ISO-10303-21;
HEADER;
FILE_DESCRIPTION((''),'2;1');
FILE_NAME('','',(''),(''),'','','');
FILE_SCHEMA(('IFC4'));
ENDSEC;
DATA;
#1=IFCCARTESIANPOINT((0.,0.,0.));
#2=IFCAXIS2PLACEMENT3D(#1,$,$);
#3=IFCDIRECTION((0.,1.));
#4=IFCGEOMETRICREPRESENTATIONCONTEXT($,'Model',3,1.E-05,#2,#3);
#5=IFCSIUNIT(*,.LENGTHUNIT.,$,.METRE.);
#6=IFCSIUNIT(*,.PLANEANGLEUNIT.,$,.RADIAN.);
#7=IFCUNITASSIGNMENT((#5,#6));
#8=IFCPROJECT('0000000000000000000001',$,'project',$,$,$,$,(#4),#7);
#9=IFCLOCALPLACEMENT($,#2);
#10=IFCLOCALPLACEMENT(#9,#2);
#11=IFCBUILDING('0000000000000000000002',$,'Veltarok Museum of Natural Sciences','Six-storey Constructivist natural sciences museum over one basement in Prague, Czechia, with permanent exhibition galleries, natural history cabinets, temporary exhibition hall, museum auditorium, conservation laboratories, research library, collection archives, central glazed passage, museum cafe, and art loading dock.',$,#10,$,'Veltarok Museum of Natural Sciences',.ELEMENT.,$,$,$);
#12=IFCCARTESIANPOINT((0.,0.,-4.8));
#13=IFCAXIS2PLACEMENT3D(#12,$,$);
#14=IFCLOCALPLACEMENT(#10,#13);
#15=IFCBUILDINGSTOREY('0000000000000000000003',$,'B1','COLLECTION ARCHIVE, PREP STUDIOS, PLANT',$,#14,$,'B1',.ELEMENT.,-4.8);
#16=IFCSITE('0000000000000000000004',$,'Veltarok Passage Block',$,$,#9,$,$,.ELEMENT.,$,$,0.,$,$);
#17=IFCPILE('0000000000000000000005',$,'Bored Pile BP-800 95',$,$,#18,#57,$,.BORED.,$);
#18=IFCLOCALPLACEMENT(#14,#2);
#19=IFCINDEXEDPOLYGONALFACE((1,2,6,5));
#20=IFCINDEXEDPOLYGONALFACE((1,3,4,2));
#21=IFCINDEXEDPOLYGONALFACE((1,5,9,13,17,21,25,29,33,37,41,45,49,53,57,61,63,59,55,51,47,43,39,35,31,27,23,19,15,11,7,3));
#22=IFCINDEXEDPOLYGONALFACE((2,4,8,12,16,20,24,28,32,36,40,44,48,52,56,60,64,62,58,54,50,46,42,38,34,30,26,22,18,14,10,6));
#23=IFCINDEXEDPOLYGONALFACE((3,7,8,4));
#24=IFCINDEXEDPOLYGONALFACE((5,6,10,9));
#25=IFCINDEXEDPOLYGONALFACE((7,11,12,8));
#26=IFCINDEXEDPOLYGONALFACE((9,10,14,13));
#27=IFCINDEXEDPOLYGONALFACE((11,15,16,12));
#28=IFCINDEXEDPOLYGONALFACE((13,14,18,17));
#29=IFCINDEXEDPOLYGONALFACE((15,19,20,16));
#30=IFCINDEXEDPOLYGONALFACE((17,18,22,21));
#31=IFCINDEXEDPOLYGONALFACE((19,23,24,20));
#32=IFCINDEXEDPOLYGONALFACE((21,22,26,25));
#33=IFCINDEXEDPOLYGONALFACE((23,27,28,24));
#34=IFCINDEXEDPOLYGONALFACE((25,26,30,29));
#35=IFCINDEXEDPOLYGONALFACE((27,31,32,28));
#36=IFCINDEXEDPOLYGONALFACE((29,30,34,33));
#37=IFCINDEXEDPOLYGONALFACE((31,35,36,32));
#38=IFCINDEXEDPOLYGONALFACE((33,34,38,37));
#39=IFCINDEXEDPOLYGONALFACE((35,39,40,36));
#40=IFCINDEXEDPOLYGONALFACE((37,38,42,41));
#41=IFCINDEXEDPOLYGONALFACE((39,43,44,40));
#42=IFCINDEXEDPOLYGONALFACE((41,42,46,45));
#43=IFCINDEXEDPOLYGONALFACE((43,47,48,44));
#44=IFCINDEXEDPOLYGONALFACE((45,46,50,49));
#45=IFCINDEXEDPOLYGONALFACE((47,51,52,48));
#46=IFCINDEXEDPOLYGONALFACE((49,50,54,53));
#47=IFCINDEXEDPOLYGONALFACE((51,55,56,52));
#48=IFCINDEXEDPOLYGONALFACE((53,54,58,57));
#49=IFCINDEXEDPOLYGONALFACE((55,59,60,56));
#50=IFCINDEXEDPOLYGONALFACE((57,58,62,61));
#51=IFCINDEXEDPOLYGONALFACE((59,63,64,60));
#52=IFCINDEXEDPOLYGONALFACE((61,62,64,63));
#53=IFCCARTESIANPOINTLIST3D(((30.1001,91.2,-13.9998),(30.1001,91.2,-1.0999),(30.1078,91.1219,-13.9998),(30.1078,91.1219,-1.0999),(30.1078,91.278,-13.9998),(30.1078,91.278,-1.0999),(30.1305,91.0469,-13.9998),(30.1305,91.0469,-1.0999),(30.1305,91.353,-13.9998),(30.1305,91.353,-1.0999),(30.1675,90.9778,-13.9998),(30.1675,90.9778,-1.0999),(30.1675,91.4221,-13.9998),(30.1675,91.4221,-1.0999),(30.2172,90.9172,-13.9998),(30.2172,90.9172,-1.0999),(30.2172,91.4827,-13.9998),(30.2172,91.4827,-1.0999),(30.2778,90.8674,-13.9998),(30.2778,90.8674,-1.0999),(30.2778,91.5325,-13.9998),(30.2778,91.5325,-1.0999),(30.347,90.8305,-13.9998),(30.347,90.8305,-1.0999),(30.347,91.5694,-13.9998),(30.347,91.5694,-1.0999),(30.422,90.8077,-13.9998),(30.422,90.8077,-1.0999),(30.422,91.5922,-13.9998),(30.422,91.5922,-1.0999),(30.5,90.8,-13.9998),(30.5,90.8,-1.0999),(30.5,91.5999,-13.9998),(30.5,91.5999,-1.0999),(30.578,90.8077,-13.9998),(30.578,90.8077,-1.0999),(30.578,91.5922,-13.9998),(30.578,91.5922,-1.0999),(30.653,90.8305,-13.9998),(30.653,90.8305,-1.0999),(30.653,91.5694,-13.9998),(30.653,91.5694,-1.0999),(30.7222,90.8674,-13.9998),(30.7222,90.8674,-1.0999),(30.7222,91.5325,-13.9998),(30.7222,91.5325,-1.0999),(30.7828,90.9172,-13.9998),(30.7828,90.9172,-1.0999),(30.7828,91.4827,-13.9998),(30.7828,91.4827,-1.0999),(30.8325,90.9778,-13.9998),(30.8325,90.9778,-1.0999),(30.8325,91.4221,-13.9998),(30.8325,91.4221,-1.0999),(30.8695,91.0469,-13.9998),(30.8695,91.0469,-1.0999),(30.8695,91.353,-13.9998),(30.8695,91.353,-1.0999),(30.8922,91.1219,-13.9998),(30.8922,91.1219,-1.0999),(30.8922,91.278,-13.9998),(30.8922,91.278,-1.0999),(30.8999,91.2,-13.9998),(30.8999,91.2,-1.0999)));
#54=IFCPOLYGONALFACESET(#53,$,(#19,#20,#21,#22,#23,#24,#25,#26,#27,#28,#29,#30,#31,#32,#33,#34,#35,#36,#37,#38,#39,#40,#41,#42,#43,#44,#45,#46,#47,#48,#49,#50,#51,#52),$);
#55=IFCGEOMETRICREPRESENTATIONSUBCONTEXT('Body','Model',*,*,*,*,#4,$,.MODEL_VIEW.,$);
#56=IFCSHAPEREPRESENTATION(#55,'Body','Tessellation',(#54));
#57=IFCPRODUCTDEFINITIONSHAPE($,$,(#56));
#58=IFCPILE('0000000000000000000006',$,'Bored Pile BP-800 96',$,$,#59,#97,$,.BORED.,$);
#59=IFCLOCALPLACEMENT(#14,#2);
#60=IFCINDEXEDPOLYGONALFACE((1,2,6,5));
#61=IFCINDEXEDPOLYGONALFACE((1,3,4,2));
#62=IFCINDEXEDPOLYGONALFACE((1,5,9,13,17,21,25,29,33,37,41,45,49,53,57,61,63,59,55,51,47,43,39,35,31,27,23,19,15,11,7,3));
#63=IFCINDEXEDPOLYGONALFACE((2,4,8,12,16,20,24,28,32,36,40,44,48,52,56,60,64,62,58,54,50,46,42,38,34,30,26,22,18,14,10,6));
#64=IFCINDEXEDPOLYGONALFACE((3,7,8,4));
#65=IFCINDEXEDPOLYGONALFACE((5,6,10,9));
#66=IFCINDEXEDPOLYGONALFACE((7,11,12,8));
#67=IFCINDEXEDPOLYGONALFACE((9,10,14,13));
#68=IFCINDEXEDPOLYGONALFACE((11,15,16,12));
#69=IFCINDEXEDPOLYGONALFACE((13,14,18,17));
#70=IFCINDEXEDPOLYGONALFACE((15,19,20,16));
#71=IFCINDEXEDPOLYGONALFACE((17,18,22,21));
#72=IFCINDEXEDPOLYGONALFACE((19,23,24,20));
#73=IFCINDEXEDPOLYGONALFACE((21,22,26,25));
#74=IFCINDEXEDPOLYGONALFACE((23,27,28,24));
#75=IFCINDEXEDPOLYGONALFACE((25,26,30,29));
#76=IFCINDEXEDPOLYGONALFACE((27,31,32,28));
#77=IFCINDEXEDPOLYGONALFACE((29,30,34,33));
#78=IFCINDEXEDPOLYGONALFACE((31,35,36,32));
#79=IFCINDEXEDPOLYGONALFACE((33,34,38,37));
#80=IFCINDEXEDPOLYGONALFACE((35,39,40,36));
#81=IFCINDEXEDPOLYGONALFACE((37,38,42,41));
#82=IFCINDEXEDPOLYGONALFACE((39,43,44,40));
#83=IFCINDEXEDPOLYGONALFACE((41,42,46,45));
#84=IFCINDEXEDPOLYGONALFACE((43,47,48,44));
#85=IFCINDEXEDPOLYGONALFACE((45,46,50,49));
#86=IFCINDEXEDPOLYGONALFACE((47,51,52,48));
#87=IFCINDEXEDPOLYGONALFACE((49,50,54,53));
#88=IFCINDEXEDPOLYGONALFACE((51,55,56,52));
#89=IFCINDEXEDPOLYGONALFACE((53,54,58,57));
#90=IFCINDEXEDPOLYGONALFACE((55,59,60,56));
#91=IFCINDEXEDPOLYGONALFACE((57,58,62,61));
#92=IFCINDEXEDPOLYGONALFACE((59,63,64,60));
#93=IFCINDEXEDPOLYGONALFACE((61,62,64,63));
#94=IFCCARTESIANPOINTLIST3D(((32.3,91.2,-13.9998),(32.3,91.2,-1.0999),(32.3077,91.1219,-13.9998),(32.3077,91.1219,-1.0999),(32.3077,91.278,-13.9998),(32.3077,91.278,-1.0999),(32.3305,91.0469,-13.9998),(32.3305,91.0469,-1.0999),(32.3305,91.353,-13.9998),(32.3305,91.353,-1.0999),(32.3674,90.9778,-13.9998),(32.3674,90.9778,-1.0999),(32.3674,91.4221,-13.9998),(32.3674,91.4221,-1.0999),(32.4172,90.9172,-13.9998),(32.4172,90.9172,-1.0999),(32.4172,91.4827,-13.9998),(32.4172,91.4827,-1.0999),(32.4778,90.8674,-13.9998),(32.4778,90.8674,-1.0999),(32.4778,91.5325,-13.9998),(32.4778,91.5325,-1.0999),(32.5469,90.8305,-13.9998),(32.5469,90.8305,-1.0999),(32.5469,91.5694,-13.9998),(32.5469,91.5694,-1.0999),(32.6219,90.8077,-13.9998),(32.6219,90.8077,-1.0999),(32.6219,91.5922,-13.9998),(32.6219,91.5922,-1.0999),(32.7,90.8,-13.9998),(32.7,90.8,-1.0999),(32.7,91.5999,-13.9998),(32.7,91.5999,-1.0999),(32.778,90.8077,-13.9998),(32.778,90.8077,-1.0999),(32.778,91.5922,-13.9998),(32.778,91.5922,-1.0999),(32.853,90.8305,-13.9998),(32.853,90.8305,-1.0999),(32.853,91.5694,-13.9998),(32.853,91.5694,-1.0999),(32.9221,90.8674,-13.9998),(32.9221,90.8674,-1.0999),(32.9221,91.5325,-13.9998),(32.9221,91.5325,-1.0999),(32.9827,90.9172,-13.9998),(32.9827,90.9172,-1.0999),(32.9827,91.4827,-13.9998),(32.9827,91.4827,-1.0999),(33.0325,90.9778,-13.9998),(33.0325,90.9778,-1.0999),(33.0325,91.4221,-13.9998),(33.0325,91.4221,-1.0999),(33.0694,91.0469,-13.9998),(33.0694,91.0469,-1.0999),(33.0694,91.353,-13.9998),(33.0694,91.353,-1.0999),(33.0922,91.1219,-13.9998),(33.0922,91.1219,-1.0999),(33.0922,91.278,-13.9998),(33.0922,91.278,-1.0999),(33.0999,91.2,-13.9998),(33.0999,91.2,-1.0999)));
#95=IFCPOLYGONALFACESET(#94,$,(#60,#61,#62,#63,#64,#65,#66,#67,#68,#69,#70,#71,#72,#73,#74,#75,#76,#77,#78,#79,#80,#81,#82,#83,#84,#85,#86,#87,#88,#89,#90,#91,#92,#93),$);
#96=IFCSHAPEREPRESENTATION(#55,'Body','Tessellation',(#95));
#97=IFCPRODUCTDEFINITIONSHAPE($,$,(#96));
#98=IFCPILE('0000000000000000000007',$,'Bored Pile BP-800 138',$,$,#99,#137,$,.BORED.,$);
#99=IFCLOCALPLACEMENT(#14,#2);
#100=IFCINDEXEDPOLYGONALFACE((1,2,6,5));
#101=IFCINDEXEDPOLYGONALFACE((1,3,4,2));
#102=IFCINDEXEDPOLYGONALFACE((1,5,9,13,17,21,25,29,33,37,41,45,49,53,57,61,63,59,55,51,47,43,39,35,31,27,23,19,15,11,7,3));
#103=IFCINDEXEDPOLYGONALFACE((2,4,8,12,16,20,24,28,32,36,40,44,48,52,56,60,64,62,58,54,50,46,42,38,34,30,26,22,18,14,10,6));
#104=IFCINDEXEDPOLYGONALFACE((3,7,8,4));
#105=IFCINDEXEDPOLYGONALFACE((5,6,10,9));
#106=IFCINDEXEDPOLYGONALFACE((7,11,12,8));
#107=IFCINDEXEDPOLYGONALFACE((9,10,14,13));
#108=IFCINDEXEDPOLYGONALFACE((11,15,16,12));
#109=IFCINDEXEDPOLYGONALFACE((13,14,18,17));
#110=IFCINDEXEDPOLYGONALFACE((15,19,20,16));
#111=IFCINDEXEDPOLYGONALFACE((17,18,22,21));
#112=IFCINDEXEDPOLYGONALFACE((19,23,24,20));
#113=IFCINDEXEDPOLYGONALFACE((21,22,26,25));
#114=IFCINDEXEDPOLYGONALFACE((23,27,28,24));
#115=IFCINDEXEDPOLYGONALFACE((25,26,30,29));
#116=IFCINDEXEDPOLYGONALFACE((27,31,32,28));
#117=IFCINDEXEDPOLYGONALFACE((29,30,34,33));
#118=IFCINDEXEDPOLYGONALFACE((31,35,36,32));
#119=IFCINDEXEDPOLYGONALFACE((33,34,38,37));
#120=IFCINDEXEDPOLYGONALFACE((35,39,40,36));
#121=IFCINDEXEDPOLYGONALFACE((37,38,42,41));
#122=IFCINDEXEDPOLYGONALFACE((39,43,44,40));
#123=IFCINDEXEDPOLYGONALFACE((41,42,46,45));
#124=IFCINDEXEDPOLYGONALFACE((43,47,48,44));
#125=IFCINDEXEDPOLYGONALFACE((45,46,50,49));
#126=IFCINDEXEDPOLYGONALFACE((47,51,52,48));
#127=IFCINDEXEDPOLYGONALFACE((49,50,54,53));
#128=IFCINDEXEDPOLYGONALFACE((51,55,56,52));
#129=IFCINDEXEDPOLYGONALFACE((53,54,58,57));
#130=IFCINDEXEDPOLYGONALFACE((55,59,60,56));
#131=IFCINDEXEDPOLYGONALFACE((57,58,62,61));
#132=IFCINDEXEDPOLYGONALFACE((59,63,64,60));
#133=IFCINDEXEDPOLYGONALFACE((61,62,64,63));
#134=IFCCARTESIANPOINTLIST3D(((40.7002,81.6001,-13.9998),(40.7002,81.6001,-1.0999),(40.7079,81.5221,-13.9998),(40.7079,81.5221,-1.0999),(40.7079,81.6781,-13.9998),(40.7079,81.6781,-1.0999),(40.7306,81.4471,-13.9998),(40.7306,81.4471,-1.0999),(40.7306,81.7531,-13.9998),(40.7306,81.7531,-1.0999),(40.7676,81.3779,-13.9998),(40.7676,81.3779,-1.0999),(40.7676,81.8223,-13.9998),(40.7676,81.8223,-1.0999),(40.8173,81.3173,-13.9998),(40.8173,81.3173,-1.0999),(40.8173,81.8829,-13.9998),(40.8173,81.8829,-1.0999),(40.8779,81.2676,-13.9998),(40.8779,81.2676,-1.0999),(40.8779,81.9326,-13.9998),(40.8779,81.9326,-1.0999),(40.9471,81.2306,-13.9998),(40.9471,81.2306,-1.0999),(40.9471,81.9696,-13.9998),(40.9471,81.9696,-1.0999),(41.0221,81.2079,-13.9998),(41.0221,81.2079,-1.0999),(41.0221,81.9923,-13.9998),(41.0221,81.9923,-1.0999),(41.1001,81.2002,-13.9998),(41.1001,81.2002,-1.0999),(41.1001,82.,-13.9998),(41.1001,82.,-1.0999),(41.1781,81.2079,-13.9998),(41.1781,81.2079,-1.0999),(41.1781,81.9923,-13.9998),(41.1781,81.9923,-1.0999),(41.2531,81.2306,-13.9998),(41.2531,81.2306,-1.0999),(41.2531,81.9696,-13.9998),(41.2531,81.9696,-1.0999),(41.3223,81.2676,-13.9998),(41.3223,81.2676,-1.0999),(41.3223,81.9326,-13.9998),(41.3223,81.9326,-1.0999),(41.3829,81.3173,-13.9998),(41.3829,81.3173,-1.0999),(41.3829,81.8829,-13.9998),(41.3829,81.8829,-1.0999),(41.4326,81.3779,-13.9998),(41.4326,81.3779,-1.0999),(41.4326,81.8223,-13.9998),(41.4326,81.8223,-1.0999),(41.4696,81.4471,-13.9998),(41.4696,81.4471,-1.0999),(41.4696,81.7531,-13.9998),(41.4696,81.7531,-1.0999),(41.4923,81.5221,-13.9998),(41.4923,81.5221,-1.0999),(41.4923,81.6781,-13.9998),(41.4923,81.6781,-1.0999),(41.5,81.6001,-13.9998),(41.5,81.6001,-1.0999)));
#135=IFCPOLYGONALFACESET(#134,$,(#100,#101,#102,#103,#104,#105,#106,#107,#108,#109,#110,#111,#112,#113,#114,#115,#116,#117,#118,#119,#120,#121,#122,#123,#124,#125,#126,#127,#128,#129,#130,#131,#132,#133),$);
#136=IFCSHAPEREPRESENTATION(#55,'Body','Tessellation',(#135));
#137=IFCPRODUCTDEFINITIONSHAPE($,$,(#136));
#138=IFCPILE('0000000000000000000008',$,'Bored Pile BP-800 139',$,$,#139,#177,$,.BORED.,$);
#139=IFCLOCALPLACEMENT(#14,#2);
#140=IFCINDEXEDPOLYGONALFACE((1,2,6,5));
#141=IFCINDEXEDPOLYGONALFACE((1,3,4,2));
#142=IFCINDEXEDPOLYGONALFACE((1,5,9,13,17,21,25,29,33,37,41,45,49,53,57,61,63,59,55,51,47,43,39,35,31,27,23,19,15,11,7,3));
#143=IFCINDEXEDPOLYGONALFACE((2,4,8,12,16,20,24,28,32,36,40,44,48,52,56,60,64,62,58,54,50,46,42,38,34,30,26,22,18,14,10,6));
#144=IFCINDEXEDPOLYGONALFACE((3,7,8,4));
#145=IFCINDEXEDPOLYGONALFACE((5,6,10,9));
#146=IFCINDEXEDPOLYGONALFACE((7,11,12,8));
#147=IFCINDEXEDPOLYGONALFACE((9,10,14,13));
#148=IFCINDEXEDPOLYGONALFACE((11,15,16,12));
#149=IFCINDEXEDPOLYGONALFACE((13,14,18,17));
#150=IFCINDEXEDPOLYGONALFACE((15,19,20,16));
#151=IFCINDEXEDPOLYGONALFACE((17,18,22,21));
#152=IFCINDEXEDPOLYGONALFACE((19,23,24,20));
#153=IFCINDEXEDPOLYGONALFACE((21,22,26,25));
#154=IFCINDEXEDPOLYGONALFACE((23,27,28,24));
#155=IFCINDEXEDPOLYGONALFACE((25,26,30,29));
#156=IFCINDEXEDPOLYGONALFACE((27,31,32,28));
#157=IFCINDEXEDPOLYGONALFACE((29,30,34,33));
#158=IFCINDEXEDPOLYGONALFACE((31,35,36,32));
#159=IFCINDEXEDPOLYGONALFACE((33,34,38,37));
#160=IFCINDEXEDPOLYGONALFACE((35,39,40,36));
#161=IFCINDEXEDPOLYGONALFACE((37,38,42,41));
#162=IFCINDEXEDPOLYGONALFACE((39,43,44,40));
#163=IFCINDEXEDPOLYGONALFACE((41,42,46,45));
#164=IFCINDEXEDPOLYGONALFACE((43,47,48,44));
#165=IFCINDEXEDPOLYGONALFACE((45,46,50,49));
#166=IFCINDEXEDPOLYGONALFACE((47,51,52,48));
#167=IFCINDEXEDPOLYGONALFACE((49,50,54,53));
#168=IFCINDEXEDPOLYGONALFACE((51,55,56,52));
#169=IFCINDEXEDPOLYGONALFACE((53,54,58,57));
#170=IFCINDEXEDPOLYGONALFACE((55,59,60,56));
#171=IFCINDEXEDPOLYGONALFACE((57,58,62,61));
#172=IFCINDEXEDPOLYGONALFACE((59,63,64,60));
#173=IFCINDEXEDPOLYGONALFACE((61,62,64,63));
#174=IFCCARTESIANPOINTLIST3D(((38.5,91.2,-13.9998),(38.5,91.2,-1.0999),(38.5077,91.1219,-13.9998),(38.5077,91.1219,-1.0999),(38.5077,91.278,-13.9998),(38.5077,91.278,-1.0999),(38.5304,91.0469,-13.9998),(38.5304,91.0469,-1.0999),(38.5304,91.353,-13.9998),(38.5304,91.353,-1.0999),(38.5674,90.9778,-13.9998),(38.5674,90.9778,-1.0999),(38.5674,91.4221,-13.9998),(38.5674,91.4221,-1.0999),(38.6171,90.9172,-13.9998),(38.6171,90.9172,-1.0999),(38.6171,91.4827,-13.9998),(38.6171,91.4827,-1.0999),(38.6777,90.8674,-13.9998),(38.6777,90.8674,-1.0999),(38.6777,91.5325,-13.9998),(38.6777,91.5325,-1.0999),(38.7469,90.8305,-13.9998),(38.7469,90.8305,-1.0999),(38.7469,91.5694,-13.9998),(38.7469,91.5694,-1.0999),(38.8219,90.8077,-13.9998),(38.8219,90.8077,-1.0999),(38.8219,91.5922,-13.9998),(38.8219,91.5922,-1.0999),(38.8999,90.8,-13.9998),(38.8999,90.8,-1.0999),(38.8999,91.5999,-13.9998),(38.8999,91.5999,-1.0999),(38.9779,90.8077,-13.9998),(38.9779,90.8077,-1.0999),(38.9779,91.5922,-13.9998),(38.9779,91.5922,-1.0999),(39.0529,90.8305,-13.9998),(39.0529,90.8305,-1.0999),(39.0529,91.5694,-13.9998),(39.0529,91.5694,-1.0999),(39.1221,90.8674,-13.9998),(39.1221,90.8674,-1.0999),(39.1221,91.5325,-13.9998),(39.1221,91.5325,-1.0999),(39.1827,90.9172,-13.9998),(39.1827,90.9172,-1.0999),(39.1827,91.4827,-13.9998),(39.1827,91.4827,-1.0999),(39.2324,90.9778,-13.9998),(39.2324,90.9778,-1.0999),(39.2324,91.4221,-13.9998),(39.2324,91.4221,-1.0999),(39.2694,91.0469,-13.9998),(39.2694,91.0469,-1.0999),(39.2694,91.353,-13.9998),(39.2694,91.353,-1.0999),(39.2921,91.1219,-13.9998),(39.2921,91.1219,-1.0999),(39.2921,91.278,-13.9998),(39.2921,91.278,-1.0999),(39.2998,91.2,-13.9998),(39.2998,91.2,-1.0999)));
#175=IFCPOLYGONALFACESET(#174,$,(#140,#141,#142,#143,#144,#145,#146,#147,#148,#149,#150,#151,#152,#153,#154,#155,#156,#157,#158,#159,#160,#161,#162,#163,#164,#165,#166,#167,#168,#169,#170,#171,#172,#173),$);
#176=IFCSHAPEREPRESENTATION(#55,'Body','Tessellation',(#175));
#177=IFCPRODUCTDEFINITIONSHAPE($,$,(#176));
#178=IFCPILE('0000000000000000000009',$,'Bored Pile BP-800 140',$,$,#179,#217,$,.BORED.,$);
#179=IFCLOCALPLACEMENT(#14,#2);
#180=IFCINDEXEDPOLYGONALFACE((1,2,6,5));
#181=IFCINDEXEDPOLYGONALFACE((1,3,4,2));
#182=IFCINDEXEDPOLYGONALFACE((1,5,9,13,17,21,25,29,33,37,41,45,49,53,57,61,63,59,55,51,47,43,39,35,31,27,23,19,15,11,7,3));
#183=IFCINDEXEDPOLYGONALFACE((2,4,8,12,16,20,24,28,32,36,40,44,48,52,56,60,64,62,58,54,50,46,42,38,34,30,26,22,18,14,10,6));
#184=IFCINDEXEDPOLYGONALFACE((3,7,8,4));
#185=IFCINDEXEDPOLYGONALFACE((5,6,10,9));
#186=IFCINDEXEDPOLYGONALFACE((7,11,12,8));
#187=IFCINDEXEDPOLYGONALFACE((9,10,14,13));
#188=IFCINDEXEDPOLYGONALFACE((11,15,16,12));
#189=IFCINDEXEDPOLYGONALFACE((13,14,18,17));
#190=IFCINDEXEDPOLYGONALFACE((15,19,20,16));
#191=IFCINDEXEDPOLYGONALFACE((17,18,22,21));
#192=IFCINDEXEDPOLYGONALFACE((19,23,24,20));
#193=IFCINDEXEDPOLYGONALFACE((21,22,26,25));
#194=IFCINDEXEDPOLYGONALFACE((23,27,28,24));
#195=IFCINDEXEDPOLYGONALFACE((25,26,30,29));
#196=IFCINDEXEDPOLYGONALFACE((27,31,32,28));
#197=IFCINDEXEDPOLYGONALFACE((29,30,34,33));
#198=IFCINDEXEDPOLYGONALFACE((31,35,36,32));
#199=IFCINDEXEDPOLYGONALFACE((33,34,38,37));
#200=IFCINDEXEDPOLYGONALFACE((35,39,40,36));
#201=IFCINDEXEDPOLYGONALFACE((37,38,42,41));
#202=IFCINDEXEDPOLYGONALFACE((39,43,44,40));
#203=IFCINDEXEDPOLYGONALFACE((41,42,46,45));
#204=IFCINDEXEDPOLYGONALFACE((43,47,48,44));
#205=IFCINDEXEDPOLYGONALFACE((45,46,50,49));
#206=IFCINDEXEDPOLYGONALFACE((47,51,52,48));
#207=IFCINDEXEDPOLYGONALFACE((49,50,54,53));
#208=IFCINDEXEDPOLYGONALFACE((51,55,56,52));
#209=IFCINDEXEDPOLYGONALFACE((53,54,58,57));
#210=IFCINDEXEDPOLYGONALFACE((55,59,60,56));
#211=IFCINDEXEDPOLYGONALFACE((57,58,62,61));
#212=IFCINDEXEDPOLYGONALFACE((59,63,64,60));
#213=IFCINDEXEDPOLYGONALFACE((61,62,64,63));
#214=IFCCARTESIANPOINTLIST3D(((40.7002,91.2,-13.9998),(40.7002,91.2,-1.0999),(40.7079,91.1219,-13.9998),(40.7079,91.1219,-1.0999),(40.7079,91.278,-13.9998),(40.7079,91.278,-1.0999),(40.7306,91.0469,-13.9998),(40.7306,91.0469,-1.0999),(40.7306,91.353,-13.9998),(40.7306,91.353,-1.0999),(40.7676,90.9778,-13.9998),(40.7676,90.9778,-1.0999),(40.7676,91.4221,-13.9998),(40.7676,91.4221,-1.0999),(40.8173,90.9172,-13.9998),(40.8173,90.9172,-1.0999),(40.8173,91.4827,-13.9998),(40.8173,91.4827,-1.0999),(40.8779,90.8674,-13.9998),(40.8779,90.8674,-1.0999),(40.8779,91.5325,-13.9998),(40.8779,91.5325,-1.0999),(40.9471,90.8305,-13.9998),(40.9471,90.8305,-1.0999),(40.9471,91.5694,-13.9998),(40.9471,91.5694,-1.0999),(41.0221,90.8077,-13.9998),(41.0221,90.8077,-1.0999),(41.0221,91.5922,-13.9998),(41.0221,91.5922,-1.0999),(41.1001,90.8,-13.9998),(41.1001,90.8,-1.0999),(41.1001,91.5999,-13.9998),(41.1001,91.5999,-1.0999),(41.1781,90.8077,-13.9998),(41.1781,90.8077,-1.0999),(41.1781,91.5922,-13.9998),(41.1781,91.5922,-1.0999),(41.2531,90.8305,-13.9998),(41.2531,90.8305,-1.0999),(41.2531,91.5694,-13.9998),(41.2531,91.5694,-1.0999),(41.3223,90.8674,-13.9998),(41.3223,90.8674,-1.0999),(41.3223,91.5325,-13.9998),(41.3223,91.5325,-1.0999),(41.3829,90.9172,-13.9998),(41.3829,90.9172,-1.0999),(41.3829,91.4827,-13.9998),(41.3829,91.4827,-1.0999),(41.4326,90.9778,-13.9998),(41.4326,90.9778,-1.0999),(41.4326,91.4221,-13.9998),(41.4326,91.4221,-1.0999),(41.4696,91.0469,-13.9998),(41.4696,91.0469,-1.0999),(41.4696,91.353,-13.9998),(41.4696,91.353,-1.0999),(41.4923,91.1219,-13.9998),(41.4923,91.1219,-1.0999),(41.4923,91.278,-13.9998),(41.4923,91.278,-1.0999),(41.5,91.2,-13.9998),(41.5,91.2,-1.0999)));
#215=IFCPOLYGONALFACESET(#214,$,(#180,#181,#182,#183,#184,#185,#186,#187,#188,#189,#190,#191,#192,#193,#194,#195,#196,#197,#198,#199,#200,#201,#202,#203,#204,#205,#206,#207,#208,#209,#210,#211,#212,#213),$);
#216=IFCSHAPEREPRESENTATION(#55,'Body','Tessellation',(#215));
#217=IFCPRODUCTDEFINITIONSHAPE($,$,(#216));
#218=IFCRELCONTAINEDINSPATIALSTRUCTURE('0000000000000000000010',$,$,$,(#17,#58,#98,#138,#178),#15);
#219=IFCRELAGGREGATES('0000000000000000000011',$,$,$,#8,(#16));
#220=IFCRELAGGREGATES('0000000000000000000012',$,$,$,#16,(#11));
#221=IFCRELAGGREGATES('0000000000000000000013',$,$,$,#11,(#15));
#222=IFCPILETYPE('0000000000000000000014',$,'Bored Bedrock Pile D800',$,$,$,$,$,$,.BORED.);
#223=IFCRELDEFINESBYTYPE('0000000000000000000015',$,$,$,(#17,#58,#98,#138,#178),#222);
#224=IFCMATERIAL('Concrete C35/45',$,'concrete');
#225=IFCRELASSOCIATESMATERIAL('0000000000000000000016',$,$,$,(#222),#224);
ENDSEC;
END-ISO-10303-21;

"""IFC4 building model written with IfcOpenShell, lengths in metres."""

from ifc_helpers import new_model, si_unit, direction, frame, origin, origin_2d, place, context, subcontext, project, spatial, circle, extrude, material, material_profile, profile_set, type_object, element, save


model = new_model("IFC4")

# Units and contexts
model_context = context("Model", 3, precision=1e-05, world=origin(), true_north=direction((0.0, 1.0)))
body_context = subcontext(model_context, "Body", "Model", "MODEL_VIEW")
ifc_project = project(units=[si_unit("LENGTHUNIT", "METRE"), si_unit("PLANEANGLEUNIT", "RADIAN")], contexts=[model_context])

# Site, building, storey
site_placement = place(None, origin())
site = spatial("IfcSite", under=ifc_project, at=site_placement, Name="Veltarok Passage Block", CompositionType="ELEMENT", RefElevation=0.0)
building_placement = place(site_placement, origin())
building = spatial("IfcBuilding", under=site, at=building_placement, Name="Veltarok Museum of Natural Sciences", Description="Six-storey Constructivist natural sciences museum over one basement in Prague, Czechia, with permanent exhibition galleries, natural history cabinets, temporary exhibition hall, museum auditorium, conservation laboratories, research library, collection archives, central glazed passage, museum cafe, and art loading dock.", LongName="Veltarok Museum of Natural Sciences", CompositionType="ELEMENT")
storey_placement = place(building_placement, frame((0.0, 0.0, -4.8)))
storey = spatial("IfcBuildingStorey", under=building, at=storey_placement, Name="B1", Description="COLLECTION ARCHIVE, PREP STUDIOS, PLANT", LongName="B1", CompositionType="ELEMENT", Elevation=-4.8)

# Piles
ifc_material_1 = material(Name="Concrete C35/45", Category="concrete")
ifc_material_profile_1 = material_profile(ifc_material_1, circle(Radius=0.3999, at=origin_2d()), Name="BP D800")
ifc_profile_set_1 = profile_set([ifc_material_profile_1], Name="Concrete C35/45")
pile_type = type_object("IfcPileType", Name="Bored Bedrock Pile D800", PredefinedType="BORED", material=ifc_profile_set_1)
for number, where, z_axis, x_axis, name in (
    (1, (30.5, 91.2, -1.0999), (0.0, 0.0, -1.0), (1.0, 0.0, 0.0), "Bored Pile BP-800 95"),
    (2, (32.7, 91.2, -1.0999), (0.0, 0.0, -1.0), (1.0, 0.0, 0.0), "Bored Pile BP-800 96"),
    (3, (41.1001, 81.6001, -1.0999), (0.0, 0.0, -1.0), (1.0, 0.0, 0.0), "Bored Pile BP-800 138"),
    (4, (38.8999, 91.2, -1.0999), (0.0, 0.0, -1.0), (1.0, 0.0, 0.0), "Bored Pile BP-800 139"),
    (5, (41.1001, 91.2, -1.0999), (0.0, 0.0, -1.0), (1.0, 0.0, 0.0), "Bored Pile BP-800 140"),
):
    element("IfcPile", number, at=place(storey_placement, frame(where, z_axis=z_axis, x_axis=x_axis)), inside=storey, type_object=pile_type, Name=name, PredefinedType="BORED", context=body_context, shape_type="SweptSolid", body=[
        extrude(circle(Radius=0.3999, at=origin_2d()), origin(), (0.0, 0.0, 1.0), 12.8999),
    ])

save(model, "model.ifc")
